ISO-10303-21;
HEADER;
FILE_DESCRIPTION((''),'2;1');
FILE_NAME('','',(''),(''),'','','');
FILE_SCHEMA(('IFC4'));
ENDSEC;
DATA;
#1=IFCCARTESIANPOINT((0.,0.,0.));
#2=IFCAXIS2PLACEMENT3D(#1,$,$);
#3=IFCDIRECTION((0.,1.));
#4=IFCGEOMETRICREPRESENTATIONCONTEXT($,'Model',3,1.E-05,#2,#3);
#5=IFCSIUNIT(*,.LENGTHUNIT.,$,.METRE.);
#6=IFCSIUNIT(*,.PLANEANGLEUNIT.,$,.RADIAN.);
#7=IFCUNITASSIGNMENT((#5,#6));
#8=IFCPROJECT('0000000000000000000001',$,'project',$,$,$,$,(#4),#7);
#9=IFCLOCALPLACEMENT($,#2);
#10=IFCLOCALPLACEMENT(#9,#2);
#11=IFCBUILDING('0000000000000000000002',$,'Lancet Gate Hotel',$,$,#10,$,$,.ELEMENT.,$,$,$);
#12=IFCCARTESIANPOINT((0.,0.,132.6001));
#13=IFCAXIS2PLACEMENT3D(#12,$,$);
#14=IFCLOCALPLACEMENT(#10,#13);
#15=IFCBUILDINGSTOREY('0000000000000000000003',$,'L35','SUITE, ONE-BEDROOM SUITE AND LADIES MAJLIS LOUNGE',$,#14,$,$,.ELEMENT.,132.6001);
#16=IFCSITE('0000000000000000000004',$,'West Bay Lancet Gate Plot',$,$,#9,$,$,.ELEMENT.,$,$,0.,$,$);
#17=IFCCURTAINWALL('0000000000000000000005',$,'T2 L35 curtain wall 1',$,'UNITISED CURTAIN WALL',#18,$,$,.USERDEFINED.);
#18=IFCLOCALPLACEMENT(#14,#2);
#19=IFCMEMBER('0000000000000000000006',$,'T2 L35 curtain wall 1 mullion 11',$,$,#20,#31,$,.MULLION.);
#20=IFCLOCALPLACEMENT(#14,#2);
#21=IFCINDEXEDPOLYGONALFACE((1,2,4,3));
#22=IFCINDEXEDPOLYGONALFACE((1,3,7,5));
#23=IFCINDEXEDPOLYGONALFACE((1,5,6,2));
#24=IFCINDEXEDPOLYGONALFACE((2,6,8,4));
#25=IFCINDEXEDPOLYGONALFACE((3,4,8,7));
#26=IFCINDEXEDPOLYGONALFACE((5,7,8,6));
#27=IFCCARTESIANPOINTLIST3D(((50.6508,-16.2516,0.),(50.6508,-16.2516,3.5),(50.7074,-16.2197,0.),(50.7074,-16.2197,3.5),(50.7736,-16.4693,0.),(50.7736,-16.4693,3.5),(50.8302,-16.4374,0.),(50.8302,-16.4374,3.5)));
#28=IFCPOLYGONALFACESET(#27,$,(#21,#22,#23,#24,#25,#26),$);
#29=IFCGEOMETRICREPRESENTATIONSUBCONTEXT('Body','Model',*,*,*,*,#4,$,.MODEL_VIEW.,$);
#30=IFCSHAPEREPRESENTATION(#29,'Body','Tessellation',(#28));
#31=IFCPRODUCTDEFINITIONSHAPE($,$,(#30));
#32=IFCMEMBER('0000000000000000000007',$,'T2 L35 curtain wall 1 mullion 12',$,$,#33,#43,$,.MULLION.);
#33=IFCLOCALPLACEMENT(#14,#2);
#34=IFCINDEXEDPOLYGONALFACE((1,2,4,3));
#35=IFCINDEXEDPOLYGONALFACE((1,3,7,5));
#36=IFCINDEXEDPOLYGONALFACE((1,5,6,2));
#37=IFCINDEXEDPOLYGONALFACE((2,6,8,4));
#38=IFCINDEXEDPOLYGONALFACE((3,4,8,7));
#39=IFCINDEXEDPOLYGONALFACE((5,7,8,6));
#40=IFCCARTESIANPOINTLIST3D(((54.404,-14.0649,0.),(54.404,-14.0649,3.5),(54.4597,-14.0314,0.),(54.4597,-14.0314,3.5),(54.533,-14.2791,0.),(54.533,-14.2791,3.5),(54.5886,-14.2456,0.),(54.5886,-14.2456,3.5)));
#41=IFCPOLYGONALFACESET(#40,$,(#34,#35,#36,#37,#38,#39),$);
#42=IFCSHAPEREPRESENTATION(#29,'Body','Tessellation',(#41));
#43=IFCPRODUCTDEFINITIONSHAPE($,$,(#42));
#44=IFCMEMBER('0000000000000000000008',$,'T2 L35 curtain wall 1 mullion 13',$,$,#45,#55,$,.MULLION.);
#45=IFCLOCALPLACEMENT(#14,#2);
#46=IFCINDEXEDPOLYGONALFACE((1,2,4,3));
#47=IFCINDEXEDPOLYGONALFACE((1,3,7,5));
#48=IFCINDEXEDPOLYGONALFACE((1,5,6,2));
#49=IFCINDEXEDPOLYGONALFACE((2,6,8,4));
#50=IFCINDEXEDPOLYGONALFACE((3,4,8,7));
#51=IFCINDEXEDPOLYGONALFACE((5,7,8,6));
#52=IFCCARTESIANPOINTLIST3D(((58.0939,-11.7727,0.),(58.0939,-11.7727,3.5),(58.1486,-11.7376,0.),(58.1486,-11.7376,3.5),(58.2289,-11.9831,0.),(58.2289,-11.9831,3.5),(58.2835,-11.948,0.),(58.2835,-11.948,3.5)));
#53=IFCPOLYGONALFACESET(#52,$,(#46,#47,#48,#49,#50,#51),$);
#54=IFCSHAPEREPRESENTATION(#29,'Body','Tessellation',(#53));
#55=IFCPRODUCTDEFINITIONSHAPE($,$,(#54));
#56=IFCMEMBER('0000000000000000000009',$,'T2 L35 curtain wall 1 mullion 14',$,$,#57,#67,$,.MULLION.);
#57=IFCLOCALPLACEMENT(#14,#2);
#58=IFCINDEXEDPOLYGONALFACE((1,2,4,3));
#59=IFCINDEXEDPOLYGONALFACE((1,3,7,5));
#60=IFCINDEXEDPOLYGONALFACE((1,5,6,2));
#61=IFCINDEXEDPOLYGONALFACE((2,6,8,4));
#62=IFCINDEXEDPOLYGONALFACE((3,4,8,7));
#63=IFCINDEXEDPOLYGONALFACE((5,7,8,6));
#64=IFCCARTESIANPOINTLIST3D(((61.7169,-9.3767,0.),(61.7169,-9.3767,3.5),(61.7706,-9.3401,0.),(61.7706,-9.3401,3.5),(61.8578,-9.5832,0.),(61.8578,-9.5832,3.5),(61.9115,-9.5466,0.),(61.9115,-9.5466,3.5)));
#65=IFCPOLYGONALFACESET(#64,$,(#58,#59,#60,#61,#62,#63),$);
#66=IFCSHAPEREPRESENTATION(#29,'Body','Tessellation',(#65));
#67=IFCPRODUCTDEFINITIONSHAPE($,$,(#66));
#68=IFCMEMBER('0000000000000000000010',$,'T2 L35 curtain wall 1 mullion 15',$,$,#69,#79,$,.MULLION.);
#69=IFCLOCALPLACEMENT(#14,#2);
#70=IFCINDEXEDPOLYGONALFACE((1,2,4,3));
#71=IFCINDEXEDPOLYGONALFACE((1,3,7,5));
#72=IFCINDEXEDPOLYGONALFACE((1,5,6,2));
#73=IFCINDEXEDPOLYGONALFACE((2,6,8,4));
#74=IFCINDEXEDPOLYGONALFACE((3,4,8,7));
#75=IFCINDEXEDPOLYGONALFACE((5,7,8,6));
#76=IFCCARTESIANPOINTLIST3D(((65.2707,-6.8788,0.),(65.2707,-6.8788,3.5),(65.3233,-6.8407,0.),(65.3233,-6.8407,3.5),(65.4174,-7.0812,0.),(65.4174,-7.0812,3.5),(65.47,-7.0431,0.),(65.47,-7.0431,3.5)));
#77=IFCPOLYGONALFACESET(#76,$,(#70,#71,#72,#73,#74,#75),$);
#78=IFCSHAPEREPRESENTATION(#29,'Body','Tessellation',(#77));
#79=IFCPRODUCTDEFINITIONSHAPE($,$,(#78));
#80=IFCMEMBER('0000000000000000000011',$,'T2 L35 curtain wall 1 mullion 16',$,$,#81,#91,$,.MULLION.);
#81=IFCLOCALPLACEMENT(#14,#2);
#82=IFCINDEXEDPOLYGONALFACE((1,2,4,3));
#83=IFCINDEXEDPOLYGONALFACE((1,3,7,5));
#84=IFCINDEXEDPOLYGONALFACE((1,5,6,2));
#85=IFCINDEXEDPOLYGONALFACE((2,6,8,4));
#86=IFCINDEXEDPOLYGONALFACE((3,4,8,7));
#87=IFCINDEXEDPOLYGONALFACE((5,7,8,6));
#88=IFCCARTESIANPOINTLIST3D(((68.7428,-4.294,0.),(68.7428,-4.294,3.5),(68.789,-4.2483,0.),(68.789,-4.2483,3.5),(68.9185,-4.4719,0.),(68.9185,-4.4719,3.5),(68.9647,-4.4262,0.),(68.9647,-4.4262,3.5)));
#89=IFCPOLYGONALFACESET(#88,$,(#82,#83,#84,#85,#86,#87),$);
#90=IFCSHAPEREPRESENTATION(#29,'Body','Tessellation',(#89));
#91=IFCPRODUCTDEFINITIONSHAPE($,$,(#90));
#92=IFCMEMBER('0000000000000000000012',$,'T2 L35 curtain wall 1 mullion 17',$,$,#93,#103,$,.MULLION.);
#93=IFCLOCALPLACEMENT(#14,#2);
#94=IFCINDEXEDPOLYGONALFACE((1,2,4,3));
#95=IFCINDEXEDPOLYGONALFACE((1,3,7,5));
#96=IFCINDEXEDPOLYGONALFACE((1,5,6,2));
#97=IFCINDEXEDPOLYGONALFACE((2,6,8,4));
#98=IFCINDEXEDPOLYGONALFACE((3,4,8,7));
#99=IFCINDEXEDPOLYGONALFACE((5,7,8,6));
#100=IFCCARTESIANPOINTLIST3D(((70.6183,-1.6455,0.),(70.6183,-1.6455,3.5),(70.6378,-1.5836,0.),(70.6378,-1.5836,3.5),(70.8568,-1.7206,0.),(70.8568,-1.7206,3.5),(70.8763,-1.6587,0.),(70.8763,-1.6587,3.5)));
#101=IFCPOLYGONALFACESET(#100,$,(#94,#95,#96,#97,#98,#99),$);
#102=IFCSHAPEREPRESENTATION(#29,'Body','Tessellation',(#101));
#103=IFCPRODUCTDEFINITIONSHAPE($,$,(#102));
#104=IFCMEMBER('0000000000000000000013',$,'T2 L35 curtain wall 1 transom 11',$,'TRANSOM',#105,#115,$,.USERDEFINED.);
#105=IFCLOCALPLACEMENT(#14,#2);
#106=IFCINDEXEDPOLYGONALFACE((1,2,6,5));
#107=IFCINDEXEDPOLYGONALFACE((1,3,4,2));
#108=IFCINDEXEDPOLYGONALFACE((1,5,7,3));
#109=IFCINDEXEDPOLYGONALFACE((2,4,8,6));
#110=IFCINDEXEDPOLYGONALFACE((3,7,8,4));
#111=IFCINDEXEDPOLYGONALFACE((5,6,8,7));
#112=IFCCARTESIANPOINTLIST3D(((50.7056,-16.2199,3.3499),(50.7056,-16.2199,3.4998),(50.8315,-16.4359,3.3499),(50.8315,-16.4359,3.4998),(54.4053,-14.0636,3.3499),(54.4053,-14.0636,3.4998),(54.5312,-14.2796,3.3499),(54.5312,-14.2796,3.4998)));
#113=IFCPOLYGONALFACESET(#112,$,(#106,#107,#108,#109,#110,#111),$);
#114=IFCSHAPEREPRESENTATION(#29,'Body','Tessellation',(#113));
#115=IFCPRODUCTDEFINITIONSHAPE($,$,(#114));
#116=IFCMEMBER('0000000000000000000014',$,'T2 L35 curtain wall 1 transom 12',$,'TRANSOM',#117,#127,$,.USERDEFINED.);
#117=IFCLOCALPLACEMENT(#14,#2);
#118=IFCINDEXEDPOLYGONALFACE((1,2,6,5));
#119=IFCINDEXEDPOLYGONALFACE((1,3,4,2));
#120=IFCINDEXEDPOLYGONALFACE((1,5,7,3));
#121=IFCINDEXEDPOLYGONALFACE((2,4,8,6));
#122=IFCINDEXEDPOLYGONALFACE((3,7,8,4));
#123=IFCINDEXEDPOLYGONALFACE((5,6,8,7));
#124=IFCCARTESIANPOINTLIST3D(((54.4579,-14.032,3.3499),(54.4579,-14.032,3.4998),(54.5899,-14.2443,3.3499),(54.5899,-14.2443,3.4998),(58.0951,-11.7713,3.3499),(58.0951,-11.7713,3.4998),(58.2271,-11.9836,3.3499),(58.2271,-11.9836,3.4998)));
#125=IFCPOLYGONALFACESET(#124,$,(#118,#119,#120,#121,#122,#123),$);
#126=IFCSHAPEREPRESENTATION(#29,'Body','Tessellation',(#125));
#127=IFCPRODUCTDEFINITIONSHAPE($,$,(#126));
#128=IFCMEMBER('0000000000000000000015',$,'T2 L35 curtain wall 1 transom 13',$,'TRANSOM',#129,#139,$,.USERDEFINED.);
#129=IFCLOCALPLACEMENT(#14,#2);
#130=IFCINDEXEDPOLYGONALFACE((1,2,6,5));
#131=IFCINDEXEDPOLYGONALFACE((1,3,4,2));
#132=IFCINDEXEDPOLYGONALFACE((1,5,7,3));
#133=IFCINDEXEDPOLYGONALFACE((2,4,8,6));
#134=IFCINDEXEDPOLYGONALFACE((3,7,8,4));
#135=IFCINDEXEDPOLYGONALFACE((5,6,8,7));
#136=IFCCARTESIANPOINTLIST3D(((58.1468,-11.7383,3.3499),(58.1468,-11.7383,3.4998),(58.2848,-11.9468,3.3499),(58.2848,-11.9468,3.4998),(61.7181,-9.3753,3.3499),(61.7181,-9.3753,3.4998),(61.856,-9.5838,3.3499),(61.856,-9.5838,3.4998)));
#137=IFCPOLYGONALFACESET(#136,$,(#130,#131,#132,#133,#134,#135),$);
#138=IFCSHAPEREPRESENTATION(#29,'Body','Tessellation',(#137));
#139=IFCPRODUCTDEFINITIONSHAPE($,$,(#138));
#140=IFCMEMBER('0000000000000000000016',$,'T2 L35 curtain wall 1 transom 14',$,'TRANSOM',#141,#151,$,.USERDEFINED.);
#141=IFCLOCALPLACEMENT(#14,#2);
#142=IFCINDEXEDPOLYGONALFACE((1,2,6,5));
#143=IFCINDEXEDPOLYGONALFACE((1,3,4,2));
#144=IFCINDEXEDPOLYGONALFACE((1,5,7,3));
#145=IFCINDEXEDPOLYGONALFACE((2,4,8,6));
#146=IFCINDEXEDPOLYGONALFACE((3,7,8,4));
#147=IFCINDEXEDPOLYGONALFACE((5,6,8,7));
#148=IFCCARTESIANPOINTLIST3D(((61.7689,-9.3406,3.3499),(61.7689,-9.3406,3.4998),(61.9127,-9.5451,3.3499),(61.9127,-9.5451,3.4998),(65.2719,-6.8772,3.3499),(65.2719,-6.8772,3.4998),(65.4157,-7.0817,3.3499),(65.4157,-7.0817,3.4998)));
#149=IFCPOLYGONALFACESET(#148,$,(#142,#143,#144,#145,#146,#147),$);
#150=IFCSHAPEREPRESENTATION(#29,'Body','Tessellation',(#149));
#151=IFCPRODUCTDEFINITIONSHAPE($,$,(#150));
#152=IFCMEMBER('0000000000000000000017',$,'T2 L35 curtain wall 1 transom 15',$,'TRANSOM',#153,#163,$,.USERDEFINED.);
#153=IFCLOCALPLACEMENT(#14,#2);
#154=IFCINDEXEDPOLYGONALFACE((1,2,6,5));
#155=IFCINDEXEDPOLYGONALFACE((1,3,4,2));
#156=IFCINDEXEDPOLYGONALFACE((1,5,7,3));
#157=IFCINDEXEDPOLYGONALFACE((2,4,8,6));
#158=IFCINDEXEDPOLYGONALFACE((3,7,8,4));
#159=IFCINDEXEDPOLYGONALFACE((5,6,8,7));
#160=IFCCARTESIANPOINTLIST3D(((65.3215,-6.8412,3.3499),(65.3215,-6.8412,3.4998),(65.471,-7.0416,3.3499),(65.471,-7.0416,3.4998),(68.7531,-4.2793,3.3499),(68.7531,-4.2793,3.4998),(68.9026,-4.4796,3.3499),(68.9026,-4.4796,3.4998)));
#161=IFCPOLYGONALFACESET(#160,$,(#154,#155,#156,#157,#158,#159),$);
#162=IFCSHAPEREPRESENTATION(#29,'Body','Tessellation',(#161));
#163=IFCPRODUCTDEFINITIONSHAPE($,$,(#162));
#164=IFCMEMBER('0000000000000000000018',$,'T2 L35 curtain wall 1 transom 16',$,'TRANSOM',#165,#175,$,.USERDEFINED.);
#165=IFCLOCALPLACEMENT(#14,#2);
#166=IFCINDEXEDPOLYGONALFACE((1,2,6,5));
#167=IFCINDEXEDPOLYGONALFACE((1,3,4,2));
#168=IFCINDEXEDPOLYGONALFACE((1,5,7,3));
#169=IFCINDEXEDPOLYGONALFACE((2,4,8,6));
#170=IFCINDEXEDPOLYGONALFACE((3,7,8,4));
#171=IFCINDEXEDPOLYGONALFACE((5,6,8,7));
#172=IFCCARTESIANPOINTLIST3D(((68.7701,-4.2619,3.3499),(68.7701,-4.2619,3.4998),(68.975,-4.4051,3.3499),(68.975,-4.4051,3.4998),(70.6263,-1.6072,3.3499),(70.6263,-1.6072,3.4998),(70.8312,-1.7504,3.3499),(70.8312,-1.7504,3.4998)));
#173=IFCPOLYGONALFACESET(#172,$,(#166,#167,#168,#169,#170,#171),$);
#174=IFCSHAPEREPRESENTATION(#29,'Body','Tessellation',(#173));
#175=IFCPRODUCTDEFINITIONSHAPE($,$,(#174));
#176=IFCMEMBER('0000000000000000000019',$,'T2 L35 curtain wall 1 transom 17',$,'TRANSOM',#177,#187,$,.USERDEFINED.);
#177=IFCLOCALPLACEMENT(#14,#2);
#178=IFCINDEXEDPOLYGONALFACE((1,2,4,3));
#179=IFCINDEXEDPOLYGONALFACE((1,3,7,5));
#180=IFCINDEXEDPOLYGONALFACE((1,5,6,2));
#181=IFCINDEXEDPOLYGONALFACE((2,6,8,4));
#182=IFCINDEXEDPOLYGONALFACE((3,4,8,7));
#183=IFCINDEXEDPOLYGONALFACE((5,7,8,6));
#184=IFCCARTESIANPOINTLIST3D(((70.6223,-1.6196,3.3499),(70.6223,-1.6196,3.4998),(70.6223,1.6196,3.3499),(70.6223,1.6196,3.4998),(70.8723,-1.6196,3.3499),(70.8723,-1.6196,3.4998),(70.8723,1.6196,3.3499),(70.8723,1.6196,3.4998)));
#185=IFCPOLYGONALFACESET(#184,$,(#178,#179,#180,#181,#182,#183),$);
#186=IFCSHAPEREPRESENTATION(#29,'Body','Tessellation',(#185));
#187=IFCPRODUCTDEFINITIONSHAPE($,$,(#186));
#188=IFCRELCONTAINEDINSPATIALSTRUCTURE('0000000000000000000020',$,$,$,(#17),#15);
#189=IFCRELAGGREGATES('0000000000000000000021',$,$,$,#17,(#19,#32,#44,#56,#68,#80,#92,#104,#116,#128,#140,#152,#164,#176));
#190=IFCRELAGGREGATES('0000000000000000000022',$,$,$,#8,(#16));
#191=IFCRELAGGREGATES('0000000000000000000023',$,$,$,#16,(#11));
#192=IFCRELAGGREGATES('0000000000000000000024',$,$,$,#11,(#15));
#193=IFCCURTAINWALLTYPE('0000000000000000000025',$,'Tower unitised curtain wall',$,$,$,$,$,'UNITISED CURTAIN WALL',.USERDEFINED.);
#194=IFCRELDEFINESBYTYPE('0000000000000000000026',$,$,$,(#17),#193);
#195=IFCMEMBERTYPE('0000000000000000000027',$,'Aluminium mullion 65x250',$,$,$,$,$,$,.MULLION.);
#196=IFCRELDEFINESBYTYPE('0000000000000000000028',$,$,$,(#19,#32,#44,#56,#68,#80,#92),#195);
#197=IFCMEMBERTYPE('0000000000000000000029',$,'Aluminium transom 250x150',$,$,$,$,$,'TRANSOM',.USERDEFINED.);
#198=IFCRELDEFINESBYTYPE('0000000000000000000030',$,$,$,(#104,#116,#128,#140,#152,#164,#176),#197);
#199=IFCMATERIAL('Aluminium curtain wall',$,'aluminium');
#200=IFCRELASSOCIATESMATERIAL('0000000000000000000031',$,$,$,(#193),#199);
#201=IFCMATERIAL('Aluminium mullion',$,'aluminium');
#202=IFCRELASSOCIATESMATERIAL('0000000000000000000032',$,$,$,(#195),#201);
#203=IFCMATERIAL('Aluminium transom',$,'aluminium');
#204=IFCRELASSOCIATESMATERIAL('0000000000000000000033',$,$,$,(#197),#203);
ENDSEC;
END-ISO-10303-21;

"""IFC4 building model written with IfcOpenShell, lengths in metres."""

from ifc_helpers import new_model, si_unit, direction, frame, origin, origin_2d, place, context, subcontext, project, spatial, rectangle, extrude, material, material_profile, profile_set, type_object, element, aggregate, save


model = new_model("IFC4")

# Units and contexts
model_context = context("Model", 3, precision=1e-05, world=origin(), true_north=direction((0.0, 1.0)))
body_context = subcontext(model_context, "Body", "Model", "MODEL_VIEW")
ifc_project = project(units=[si_unit("LENGTHUNIT", "METRE"), si_unit("PLANEANGLEUNIT", "RADIAN")], contexts=[model_context])

# Site, building, storey
site_placement = place(None, origin())
site = spatial("IfcSite", under=ifc_project, at=site_placement, Name="West Bay Lancet Gate Plot", CompositionType="ELEMENT", RefElevation=0.0)
building_placement = place(site_placement, origin())
building = spatial("IfcBuilding", under=site, at=building_placement, Name="Lancet Gate Hotel", CompositionType="ELEMENT")
storey_placement = place(building_placement, frame((0.0, 0.0, 132.6001)))
storey = spatial("IfcBuildingStorey", under=building, at=storey_placement, Name="L35", Description="SUITE, ONE-BEDROOM SUITE AND LADIES MAJLIS LOUNGE", CompositionType="ELEMENT", Elevation=132.6001)

# Curtain wall, members
ifc_material_1 = material(Name="Aluminium curtain wall", Category="aluminium")
curtain_wall_type = type_object("IfcCurtainWallType", Name="Tower unitised curtain wall", ElementType="UNITISED CURTAIN WALL", PredefinedType="USERDEFINED", material=ifc_material_1)
curtain_wall_placement = place(storey_placement, origin())
curtain_wall = element("IfcCurtainWall", 1, at=curtain_wall_placement, inside=storey, type_object=curtain_wall_type, Name="T2 L35 curtain wall 1", ObjectType="UNITISED CURTAIN WALL", PredefinedType="USERDEFINED")
ifc_material_2 = material(Name="Aluminium mullion", Category="aluminium")
ifc_material_profile_1 = material_profile(ifc_material_2, rectangle(XDim=0.0649, YDim=0.25, at=origin_2d()), Name="MULLION 65x250")
ifc_profile_set_1 = profile_set([ifc_material_profile_1], Name="Aluminium mullion")
member_type_1 = type_object("IfcMemberType", Name="Aluminium mullion 65x250", PredefinedType="MULLION", material=ifc_profile_set_1)
member_1_placement = place(storey_placement, frame((50.7405, -16.3445, 0.0), z_axis=(0.0, 0.0, 1.0), x_axis=(0.871029, 0.491232, 0.0)))
member_1 = element("IfcMember", 2, at=member_1_placement, type_object=member_type_1, Name="T2 L35 curtain wall 1 mullion 11", PredefinedType="MULLION", context=body_context, shape_type="SweptSolid", body=[
    extrude(rectangle(XDim=0.0649, YDim=0.25, at=origin_2d()), origin(), (0.0, 0.0, 1.0), 3.5),
])
member_2_placement = place(storey_placement, frame((54.4963, -14.1553, 0.0), z_axis=(0.0, 0.0, 1.0), x_axis=(0.856728, 0.515768, 0.0)))
member_2 = element("IfcMember", 3, at=member_2_placement, type_object=member_type_1, Name="T2 L35 curtain wall 1 mullion 12", PredefinedType="MULLION", context=body_context, shape_type="SweptSolid", body=[
    extrude(rectangle(XDim=0.0649, YDim=0.25, at=origin_2d()), origin(), (0.0, 0.0, 1.0), 3.5),
])
member_3_placement = place(storey_placement, frame((58.1887, -11.8604, 0.0), z_axis=(0.0, 0.0, 1.0), x_axis=(0.841736, 0.539889, 0.0)))
member_3 = element("IfcMember", 4, at=member_3_placement, type_object=member_type_1, Name="T2 L35 curtain wall 1 mullion 13", PredefinedType="MULLION", context=body_context, shape_type="SweptSolid", body=[
    extrude(rectangle(XDim=0.0649, YDim=0.25, at=origin_2d()), origin(), (0.0, 0.0, 1.0), 3.5),
])
member_4_placement = place(storey_placement, frame((61.8142, -9.4617, 0.0), z_axis=(0.0, 0.0, 1.0), x_axis=(0.826066, 0.563574, 0.0)))
member_4 = element("IfcMember", 5, at=member_4_placement, type_object=member_type_1, Name="T2 L35 curtain wall 1 mullion 14", PredefinedType="MULLION", context=body_context, shape_type="SweptSolid", body=[
    extrude(rectangle(XDim=0.0649, YDim=0.25, at=origin_2d()), origin(), (0.0, 0.0, 1.0), 3.5),
])
member_5_placement = place(storey_placement, frame((65.3704, -6.9609, 0.0), z_axis=(0.0, 0.0, 1.0), x_axis=(0.809729, 0.586805, 0.0)))
member_5 = element("IfcMember", 6, at=member_5_placement, type_object=member_type_1, Name="T2 L35 curtain wall 1 mullion 15", PredefinedType="MULLION", context=body_context, shape_type="SweptSolid", body=[
    extrude(rectangle(XDim=0.0649, YDim=0.25, at=origin_2d()), origin(), (0.0, 0.0, 1.0), 3.5),
])
member_6_placement = place(storey_placement, frame((68.8538, -4.3601, 0.0), z_axis=(0.0, 0.0, 1.0), x_axis=(0.71161, 0.702574, 0.0)))
member_6 = element("IfcMember", 7, at=member_6_placement, type_object=member_type_1, Name="T2 L35 curtain wall 1 mullion 16", PredefinedType="MULLION", context=body_context, shape_type="SweptSolid", body=[
    extrude(rectangle(XDim=0.0649, YDim=0.25, at=origin_2d()), origin(), (0.0, 0.0, 1.0), 3.5),
])
member_7_placement = place(storey_placement, frame((70.7473, -1.6521, 0.0), z_axis=(0.0, 0.0, 1.0), x_axis=(0.300385, 0.953818, 0.0)))
member_7 = element("IfcMember", 8, at=member_7_placement, type_object=member_type_1, Name="T2 L35 curtain wall 1 mullion 17", PredefinedType="MULLION", context=body_context, shape_type="SweptSolid", body=[
    extrude(rectangle(XDim=0.0649, YDim=0.25, at=origin_2d()), origin(), (0.0, 0.0, 1.0), 3.5),
])
ifc_material_3 = material(Name="Aluminium transom", Category="aluminium")
ifc_material_profile_2 = material_profile(ifc_material_3, rectangle(XDim=0.25, YDim=0.1499, at=origin_2d()), Name="TRANSOM 250x150")
ifc_profile_set_2 = profile_set([ifc_material_profile_2], Name="Aluminium transom")
member_type_2 = type_object("IfcMemberType", Name="Aluminium transom 250x150", ElementType="TRANSOM", PredefinedType="USERDEFINED", material=ifc_profile_set_2)
member_8_placement = place(storey_placement, frame((50.7686, -16.3279, 3.4248), z_axis=(0.863973, 0.503538, 0.0), x_axis=(-0.503538, 0.863973, 0.0)))
member_8 = element("IfcMember", 9, at=member_8_placement, type_object=member_type_2, Name="T2 L35 curtain wall 1 transom 11", ObjectType="TRANSOM", PredefinedType="USERDEFINED", context=body_context, shape_type="SweptSolid", body=[
    extrude(rectangle(XDim=0.25, YDim=0.1499, at=origin_2d()), origin(), (0.0, 0.0, 1.0), 4.2822),
])
member_9_placement = place(storey_placement, frame((54.5239, -14.1382, 3.4248), z_axis=(0.849309, 0.527896, 0.0), x_axis=(-0.527896, 0.849309, 0.0)))
member_9 = element("IfcMember", 10, at=member_9_placement, type_object=member_type_2, Name="T2 L35 curtain wall 1 transom 12", ObjectType="TRANSOM", PredefinedType="USERDEFINED", context=body_context, shape_type="SweptSolid", body=[
    extrude(rectangle(XDim=0.25, YDim=0.1499, at=origin_2d()), origin(), (0.0, 0.0, 1.0), 4.2825),
])
member_10_placement = place(storey_placement, frame((58.2158, -11.8425, 3.4248), z_axis=(0.833966, 0.551816, 0.0), x_axis=(-0.551816, 0.833966, 0.0)))
member_10 = element("IfcMember", 11, at=member_10_placement, type_object=member_type_2, Name="T2 L35 curtain wall 1 transom 13", ObjectType="TRANSOM", PredefinedType="USERDEFINED", context=body_context, shape_type="SweptSolid", body=[
    extrude(rectangle(XDim=0.25, YDim=0.1499, at=origin_2d()), origin(), (0.0, 0.0, 1.0), 4.2822),
])
member_11_placement = place(storey_placement, frame((61.8408, -9.4429, 3.4248), z_axis=(0.817987, 0.575236, 0.0), x_axis=(-0.575236, 0.817987, 0.0)))
member_11 = element("IfcMember", 12, at=member_11_placement, type_object=member_type_2, Name="T2 L35 curtain wall 1 transom 14", ObjectType="TRANSOM", PredefinedType="USERDEFINED", context=body_context, shape_type="SweptSolid", body=[
    extrude(rectangle(XDim=0.25, YDim=0.1499, at=origin_2d()), origin(), (0.0, 0.0, 1.0), 4.2825),
])
member_12_placement = place(storey_placement, frame((65.3962, -6.9414, 3.4248), z_axis=(0.801312, 0.598247, 0.0), x_axis=(-0.598247, 0.801312, 0.0)))
member_12 = element("IfcMember", 13, at=member_12_placement, type_object=member_type_2, Name="T2 L35 curtain wall 1 transom 15", ObjectType="TRANSOM", PredefinedType="USERDEFINED", context=body_context, shape_type="SweptSolid", body=[
    extrude(rectangle(XDim=0.25, YDim=0.1499, at=origin_2d()), origin(), (0.0, 0.0, 1.0), 4.2825),
])
member_13_placement = place(storey_placement, frame((68.8726, -4.3335, 3.4248), z_axis=(0.573017, 0.819543, 0.0), x_axis=(-0.819543, 0.573017, 0.0)))
member_13 = element("IfcMember", 14, at=member_13_placement, type_object=member_type_2, Name="T2 L35 curtain wall 1 transom 16", ObjectType="TRANSOM", PredefinedType="USERDEFINED", context=body_context, shape_type="SweptSolid", body=[
    extrude(rectangle(XDim=0.25, YDim=0.1499, at=origin_2d()), origin(), (0.0, 0.0, 1.0), 3.2393),
])
member_14_placement = place(storey_placement, frame((70.7473, -1.6196, 3.4248), z_axis=(0.0, 1.0, 0.0), x_axis=(-1.0, 0.0, 0.0)))
member_14 = element("IfcMember", 15, at=member_14_placement, type_object=member_type_2, Name="T2 L35 curtain wall 1 transom 17", ObjectType="TRANSOM", PredefinedType="USERDEFINED", context=body_context, shape_type="SweptSolid", body=[
    extrude(rectangle(XDim=0.25, YDim=0.1499, at=origin_2d()), origin(), (0.0, 0.0, 1.0), 3.2393),
])

aggregate(curtain_wall, [member_1, member_2, member_3, member_4, member_5, member_6, member_7, member_8, member_9, member_10, member_11, member_12, member_13, member_14])

save(model, "model.ifc")
